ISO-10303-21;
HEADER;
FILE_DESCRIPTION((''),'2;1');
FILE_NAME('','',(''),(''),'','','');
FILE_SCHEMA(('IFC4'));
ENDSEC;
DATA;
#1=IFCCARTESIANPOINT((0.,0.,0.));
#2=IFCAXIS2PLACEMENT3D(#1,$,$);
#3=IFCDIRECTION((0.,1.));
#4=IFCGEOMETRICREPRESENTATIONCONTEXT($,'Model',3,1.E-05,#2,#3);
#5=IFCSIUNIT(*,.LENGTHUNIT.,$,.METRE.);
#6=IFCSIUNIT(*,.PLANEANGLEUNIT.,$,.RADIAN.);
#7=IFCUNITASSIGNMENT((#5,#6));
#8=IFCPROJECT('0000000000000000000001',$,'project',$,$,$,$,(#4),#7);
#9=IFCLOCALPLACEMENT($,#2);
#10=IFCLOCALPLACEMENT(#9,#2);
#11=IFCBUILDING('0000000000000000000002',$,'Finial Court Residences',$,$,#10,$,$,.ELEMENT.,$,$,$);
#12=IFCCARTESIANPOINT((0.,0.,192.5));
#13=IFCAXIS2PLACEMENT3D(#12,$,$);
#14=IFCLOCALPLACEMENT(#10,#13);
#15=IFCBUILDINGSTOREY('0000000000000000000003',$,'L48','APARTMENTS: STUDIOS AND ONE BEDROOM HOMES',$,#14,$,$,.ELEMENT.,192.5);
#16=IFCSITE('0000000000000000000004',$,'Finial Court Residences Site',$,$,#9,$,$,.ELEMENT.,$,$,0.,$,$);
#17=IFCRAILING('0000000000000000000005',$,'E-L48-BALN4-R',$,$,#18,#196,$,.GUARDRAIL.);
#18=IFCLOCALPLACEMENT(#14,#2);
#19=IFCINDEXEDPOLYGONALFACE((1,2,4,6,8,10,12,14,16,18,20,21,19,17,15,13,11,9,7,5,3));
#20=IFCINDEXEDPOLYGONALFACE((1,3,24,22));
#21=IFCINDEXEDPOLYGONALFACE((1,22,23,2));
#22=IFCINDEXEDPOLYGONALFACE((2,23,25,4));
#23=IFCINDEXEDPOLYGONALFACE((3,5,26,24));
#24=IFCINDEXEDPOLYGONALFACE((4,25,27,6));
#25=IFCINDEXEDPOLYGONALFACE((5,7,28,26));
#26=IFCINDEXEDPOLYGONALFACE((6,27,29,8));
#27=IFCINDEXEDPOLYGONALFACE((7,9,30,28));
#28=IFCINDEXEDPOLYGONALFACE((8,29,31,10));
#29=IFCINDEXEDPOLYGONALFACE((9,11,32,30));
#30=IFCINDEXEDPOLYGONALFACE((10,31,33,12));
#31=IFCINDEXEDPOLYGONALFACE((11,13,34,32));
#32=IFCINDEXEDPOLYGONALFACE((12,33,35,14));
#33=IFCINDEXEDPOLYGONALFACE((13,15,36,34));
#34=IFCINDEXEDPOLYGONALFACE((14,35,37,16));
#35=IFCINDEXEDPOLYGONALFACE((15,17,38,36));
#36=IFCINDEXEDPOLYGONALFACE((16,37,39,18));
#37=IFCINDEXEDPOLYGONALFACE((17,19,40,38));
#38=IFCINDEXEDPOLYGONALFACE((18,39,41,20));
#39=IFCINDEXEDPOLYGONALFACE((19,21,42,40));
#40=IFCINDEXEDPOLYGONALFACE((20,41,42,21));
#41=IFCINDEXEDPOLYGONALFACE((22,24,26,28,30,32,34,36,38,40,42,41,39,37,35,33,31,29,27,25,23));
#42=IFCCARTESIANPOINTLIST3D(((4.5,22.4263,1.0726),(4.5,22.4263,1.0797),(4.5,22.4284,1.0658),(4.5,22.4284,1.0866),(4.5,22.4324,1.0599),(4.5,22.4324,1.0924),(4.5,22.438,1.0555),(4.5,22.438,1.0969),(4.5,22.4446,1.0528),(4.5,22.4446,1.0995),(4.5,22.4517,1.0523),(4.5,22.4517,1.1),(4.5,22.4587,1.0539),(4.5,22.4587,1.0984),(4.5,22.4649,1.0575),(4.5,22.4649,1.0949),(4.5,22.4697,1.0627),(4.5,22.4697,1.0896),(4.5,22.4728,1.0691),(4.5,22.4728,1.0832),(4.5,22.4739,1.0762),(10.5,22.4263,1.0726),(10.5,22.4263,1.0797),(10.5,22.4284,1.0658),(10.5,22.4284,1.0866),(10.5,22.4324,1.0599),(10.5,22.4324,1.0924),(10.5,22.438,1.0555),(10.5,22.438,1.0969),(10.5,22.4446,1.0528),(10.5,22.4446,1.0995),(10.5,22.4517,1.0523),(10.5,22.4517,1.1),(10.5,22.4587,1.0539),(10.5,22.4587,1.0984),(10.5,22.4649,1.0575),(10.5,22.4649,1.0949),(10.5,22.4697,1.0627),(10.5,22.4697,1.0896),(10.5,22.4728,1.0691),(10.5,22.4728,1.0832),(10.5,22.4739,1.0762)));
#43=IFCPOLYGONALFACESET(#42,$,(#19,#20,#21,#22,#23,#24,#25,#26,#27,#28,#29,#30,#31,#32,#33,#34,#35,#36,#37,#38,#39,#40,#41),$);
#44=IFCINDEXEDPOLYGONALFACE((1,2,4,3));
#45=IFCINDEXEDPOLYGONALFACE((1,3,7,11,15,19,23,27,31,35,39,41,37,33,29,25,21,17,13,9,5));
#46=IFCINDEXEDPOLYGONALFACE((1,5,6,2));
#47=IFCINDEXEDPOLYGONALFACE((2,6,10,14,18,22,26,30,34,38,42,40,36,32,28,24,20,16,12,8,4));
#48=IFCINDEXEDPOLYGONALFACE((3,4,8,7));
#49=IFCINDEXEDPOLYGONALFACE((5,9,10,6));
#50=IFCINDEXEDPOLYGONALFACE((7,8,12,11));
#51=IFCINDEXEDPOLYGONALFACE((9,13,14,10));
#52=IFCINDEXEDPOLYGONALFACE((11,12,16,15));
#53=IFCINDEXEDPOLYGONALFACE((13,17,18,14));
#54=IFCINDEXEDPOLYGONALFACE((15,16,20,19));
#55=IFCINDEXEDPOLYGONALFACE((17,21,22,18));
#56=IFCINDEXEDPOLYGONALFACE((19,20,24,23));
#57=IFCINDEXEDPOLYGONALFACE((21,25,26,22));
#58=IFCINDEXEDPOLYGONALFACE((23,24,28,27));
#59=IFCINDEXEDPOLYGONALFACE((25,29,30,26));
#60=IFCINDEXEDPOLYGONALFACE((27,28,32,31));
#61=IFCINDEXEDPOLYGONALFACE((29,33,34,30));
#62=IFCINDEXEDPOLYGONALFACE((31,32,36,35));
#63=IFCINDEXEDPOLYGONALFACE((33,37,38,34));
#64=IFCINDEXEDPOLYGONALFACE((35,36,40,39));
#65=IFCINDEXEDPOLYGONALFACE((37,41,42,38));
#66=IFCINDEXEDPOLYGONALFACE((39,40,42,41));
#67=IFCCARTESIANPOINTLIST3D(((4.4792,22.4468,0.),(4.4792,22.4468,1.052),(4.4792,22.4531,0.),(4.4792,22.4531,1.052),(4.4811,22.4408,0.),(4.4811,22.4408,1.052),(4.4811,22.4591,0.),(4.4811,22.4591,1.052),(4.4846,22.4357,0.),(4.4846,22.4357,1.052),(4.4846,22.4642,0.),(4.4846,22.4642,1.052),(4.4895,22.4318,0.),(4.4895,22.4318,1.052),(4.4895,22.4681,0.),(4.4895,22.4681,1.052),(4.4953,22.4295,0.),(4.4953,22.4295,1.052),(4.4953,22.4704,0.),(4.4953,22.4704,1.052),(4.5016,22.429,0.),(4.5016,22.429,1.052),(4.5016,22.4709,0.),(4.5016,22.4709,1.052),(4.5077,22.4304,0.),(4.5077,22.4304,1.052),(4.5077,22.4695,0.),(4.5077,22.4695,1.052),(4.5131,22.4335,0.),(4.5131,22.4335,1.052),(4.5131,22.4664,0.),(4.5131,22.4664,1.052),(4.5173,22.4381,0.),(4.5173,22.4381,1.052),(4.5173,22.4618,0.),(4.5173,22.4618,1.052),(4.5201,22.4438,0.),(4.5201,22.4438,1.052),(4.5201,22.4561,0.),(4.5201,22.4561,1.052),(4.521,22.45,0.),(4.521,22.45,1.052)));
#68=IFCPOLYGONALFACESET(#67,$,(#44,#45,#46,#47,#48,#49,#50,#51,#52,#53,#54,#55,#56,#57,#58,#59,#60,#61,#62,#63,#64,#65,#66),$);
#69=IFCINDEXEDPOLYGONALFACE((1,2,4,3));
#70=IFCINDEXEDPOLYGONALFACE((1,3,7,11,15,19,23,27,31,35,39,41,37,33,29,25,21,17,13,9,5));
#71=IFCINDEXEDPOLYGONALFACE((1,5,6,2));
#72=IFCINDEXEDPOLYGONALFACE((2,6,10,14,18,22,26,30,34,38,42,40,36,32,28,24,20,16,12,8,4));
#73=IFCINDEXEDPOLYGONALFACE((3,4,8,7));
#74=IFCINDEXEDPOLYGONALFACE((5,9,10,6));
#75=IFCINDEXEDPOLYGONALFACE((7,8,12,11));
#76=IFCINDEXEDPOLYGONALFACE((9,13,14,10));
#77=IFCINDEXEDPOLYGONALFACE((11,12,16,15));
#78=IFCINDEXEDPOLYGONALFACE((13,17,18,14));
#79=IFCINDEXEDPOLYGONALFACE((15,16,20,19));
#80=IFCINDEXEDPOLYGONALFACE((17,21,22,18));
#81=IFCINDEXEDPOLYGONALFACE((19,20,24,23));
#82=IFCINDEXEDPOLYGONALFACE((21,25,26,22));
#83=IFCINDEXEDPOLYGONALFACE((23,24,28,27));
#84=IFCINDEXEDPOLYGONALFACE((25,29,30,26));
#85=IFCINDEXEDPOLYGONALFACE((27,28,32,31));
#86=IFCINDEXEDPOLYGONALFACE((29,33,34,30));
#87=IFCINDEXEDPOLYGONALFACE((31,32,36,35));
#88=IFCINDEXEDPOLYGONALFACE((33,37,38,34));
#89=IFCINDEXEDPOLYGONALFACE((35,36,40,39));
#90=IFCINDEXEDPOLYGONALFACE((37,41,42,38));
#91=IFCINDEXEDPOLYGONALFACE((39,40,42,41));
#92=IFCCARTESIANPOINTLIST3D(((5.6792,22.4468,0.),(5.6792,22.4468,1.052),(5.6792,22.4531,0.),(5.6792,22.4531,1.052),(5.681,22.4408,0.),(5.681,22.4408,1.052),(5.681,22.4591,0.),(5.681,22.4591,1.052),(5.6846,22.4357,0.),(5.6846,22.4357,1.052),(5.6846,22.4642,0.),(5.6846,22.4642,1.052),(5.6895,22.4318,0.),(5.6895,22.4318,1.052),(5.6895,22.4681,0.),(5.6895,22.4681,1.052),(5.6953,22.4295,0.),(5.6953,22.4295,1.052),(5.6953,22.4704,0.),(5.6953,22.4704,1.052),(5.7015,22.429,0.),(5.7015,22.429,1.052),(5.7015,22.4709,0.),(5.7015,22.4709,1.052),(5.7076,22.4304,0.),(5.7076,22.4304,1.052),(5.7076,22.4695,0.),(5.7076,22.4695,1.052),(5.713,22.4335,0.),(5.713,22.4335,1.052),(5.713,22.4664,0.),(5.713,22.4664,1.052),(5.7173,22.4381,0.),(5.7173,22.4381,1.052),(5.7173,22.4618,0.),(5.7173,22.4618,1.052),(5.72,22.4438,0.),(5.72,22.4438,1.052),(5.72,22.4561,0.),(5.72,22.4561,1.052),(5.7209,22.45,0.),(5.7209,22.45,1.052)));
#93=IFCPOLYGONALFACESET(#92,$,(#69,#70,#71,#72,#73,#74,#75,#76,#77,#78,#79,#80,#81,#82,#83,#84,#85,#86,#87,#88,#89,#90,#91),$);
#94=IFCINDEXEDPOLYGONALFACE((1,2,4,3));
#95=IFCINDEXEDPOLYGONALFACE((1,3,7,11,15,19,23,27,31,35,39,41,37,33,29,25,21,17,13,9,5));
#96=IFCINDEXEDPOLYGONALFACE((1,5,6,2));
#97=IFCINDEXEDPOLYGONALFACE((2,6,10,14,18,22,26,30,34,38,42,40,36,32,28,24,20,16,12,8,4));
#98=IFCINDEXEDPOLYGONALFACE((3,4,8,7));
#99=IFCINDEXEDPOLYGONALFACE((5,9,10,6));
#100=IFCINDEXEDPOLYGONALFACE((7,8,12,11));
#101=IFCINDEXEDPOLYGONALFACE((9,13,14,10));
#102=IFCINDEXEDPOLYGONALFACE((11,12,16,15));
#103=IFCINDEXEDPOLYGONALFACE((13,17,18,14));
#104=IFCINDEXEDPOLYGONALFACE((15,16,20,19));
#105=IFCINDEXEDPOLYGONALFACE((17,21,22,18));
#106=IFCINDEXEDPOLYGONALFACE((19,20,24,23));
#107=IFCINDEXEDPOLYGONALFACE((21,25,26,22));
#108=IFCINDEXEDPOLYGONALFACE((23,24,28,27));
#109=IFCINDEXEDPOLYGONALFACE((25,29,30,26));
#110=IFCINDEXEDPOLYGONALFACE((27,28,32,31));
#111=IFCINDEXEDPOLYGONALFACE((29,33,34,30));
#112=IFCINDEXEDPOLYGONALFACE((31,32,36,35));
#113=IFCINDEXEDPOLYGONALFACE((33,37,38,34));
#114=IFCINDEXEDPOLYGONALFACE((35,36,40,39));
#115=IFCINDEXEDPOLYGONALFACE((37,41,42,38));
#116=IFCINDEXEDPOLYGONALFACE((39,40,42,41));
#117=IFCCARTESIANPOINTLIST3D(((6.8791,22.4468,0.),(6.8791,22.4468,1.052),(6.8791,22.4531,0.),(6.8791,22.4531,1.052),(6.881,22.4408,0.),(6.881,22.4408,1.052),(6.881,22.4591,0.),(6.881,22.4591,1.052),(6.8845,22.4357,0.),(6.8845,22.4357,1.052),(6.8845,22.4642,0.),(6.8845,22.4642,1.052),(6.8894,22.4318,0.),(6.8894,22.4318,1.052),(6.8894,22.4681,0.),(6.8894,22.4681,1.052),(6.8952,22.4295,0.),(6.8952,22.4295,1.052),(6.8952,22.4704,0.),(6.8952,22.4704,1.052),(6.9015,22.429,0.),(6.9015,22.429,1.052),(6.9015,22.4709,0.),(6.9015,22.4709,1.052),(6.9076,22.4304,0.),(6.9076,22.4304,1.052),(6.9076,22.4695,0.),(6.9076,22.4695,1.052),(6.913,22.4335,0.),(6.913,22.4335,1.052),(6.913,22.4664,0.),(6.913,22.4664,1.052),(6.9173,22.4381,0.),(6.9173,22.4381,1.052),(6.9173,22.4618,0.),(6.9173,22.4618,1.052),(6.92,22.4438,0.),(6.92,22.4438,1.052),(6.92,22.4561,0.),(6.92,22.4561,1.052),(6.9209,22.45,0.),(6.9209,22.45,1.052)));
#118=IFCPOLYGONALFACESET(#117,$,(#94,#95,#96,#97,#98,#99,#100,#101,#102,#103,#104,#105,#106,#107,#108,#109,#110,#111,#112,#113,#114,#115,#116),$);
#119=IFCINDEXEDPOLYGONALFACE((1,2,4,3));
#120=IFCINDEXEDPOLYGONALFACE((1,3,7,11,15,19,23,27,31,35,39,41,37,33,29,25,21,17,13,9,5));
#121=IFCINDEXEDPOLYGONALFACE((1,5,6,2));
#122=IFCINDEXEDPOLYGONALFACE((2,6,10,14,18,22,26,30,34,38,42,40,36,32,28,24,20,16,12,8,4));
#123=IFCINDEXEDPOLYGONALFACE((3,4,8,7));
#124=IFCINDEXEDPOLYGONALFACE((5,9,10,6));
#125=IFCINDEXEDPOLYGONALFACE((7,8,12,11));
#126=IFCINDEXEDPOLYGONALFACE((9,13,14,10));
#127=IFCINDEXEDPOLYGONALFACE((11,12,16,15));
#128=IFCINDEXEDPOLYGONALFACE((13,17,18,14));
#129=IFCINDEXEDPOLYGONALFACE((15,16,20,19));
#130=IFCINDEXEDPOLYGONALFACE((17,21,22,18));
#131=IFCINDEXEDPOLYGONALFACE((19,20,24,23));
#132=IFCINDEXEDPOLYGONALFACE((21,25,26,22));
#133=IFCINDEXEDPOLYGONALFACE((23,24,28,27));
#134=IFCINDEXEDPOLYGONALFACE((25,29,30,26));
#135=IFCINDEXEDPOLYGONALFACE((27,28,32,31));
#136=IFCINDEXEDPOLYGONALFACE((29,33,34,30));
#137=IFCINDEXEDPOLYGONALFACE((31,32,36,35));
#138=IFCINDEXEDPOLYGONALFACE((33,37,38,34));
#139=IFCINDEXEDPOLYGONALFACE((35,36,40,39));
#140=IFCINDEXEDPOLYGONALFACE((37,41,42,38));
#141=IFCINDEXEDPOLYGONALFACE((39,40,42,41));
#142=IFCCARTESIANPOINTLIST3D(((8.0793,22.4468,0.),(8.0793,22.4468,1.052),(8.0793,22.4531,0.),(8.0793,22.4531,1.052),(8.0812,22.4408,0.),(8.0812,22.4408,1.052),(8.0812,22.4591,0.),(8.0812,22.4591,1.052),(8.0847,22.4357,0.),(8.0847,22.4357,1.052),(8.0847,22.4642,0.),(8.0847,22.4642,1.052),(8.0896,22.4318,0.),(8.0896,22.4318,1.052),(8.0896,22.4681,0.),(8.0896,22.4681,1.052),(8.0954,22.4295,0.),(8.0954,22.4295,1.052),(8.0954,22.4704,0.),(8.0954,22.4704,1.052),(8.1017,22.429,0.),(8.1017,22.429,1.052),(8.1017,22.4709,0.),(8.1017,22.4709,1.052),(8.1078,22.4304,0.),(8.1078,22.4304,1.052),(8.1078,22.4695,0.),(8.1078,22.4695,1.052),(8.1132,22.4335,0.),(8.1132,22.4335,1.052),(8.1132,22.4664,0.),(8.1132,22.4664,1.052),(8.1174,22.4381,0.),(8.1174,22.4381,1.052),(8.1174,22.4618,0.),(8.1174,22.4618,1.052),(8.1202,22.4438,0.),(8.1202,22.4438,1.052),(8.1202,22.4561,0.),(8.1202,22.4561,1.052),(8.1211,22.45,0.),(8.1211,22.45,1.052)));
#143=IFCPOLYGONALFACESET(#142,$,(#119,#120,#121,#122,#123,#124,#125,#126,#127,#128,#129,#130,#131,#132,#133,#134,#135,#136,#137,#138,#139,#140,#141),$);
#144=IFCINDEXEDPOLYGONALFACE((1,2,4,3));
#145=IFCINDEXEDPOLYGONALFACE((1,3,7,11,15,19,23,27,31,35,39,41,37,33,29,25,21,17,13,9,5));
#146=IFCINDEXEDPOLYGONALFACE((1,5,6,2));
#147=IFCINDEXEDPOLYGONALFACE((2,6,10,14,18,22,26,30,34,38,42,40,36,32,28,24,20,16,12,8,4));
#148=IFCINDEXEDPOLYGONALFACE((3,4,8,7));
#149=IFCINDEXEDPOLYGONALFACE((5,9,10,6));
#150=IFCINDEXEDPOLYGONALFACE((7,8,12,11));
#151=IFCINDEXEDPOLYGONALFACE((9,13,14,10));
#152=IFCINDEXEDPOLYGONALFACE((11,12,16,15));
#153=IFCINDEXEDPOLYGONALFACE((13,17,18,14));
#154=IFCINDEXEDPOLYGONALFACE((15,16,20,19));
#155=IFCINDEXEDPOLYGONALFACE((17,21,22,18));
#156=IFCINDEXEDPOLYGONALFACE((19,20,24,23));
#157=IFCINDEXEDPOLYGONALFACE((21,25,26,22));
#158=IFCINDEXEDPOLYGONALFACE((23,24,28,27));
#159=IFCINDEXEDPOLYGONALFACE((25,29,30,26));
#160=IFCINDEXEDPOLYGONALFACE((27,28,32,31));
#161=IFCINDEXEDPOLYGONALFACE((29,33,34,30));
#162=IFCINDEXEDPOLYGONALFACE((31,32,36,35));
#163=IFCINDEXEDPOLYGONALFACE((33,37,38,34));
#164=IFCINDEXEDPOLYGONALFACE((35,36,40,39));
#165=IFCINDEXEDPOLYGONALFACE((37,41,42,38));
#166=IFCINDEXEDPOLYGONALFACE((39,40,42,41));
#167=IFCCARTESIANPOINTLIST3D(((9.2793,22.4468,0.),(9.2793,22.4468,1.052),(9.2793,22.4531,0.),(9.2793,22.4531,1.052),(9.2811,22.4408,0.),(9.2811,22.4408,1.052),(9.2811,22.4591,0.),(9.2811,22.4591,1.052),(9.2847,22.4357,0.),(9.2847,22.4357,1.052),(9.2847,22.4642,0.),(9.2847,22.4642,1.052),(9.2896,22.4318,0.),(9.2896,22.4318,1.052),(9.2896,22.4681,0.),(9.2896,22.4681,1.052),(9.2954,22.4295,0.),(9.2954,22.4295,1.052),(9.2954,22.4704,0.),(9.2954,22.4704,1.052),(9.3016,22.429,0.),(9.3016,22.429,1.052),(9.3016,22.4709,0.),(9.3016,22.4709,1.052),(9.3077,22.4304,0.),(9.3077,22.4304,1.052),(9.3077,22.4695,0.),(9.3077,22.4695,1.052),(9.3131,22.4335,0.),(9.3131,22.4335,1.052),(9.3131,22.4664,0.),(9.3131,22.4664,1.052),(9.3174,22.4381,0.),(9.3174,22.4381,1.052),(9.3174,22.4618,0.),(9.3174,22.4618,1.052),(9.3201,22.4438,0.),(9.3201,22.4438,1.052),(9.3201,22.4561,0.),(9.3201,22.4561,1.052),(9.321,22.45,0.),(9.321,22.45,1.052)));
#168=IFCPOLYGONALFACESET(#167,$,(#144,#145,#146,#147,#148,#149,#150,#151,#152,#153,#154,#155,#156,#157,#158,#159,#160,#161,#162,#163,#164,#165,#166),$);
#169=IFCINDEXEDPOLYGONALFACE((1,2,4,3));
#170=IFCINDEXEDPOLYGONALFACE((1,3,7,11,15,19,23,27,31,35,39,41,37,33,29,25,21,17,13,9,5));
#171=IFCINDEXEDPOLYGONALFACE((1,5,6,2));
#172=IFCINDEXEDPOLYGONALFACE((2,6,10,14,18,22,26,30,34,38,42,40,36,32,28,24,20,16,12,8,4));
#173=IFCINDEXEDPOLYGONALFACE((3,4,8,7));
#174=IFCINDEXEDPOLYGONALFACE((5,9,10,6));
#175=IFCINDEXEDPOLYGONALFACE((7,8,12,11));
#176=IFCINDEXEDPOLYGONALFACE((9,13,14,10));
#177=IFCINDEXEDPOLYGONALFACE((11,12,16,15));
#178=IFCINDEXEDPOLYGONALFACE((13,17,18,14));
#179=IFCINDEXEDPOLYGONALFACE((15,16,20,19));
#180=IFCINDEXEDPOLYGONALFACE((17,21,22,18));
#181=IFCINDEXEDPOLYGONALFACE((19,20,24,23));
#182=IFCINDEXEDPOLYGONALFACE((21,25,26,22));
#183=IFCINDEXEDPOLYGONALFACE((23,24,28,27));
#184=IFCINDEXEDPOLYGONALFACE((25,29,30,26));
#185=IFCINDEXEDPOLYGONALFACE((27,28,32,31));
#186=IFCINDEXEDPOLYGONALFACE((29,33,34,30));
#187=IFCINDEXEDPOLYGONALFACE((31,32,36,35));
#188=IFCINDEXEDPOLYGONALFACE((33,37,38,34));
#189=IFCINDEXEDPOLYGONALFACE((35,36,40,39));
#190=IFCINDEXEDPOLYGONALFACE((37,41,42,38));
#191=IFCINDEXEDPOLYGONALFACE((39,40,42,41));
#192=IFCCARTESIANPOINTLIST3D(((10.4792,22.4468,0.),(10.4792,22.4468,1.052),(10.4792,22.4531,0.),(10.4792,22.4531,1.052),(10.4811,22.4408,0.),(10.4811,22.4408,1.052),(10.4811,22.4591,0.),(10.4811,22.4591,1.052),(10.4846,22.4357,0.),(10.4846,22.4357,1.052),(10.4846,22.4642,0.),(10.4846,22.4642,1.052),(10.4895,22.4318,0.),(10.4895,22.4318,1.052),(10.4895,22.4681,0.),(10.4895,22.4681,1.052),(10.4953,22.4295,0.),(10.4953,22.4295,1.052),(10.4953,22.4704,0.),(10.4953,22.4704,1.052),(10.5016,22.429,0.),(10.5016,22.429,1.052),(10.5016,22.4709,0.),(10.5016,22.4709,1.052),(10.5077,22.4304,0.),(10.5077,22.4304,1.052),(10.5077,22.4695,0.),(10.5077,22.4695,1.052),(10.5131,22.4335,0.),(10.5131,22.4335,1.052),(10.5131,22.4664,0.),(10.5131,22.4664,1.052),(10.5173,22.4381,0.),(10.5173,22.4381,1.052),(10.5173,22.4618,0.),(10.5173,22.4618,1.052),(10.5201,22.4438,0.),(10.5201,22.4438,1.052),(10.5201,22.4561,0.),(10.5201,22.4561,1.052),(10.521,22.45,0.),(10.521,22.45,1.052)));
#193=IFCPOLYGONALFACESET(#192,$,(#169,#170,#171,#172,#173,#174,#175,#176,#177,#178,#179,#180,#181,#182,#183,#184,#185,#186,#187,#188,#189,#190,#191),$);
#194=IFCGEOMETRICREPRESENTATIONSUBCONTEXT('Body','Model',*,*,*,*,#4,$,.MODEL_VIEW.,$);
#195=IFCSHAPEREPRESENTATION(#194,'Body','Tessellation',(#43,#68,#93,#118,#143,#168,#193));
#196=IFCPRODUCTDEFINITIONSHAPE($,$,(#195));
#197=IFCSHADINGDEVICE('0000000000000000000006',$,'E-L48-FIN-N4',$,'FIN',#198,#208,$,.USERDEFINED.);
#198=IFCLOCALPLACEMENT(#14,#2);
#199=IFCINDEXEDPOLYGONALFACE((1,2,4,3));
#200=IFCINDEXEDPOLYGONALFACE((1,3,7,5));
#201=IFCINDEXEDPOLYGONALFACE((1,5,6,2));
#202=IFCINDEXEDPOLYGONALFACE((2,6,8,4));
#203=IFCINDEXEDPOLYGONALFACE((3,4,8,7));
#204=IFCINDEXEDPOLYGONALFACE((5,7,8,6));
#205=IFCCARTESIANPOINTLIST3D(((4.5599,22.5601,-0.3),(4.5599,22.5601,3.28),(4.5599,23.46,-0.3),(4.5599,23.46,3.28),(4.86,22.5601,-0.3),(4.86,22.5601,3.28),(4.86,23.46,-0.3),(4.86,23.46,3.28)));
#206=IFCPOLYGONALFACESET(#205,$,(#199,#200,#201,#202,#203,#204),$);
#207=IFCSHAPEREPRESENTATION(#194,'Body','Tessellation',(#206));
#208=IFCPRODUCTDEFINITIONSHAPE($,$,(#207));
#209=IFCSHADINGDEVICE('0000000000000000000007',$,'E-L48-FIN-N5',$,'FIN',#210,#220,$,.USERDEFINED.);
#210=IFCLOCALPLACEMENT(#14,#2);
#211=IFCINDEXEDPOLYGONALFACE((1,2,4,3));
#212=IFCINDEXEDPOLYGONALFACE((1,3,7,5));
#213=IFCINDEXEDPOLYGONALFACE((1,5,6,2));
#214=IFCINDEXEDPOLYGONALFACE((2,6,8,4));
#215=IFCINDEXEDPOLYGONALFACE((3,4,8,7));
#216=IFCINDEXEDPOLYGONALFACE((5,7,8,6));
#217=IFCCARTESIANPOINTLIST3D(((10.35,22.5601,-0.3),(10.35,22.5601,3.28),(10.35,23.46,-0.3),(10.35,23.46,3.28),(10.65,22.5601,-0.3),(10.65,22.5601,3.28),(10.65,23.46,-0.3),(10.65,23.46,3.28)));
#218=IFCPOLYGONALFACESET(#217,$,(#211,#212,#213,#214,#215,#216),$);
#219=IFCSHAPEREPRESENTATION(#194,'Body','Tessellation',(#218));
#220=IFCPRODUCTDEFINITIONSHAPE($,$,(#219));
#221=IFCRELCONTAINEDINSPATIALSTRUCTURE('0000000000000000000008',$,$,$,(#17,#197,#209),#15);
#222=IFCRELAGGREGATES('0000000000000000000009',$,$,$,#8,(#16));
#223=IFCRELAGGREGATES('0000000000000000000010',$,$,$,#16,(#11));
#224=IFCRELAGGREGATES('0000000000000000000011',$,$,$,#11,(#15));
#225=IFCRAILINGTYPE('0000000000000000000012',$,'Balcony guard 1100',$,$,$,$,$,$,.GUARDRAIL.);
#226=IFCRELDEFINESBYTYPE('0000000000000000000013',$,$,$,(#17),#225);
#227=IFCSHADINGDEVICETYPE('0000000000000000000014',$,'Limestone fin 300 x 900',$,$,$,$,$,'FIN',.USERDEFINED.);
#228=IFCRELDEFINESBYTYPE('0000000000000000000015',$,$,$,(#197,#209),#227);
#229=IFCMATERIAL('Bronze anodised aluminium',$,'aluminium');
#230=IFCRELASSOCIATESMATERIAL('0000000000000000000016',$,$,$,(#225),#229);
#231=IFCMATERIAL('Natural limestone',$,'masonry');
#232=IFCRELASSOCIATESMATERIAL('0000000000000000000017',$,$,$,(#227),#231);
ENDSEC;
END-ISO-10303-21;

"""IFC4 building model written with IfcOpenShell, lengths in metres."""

from ifc_helpers import new_model, si_unit, direction, frame, origin, origin_2d, place, context, subcontext, project, spatial, rectangle, circle, extrude, material, type_object, element, save


model = new_model("IFC4")

# Units and contexts
model_context = context("Model", 3, precision=1e-05, world=origin(), true_north=direction((0.0, 1.0)))
body_context = subcontext(model_context, "Body", "Model", "MODEL_VIEW")
ifc_project = project(units=[si_unit("LENGTHUNIT", "METRE"), si_unit("PLANEANGLEUNIT", "RADIAN")], contexts=[model_context])

# Site, building, storey
site_placement = place(None, origin())
site = spatial("IfcSite", under=ifc_project, at=site_placement, Name="Finial Court Residences Site", CompositionType="ELEMENT", RefElevation=0.0)
building_placement = place(site_placement, origin())
building = spatial("IfcBuilding", under=site, at=building_placement, Name="Finial Court Residences", CompositionType="ELEMENT")
storey_placement = place(building_placement, frame((0.0, 0.0, 192.5)))
storey = spatial("IfcBuildingStorey", under=building, at=storey_placement, Name="L48", Description="APARTMENTS: STUDIOS AND ONE BEDROOM HOMES", CompositionType="ELEMENT", Elevation=192.5)

# Shared definitions
ifc_material_1 = material(Name="Bronze anodised aluminium", Category="aluminium")

# Shared definitions
ifc_material_2 = material(Name="Natural limestone", Category="masonry")

# Railing
railing_type = type_object("IfcRailingType", Name="Balcony guard 1100", PredefinedType="GUARDRAIL", material=ifc_material_1)
railing_placement = place(storey_placement, frame((4.5, 22.45, 0.0)))
element("IfcRailing", 1, at=railing_placement, inside=storey, type_object=railing_type, Name="E-L48-BALN4-R", PredefinedType="GUARDRAIL", context=body_context, shape_type="SweptSolid", body=[
    extrude(circle(Radius=0.0239, at=origin_2d()), frame((0.0, 0.0, 1.0762), z_axis=(1.0, 0.0, 0.0), x_axis=(0.0, 1.0, 0.0)), (0.0, 0.0, 1.0), 6.0),
    extrude(circle(Radius=0.021, at=origin_2d()), origin(), (0.0, 0.0, 1.0), 1.052),
    extrude(circle(Radius=0.021, at=origin_2d()), frame((1.2, 0.0, 0.0)), (0.0, 0.0, 1.0), 1.052),
    extrude(circle(Radius=0.021, at=origin_2d()), frame((2.3999, 0.0, 0.0)), (0.0, 0.0, 1.0), 1.052),
    extrude(circle(Radius=0.021, at=origin_2d()), frame((3.6001, 0.0, 0.0)), (0.0, 0.0, 1.0), 1.052),
    extrude(circle(Radius=0.021, at=origin_2d()), frame((4.8, 0.0, 0.0)), (0.0, 0.0, 1.0), 1.052),
    extrude(circle(Radius=0.021, at=origin_2d()), frame((6.0, 0.0, 0.0)), (0.0, 0.0, 1.0), 1.052),
])

# Shading devices
shading_device_type = type_object("IfcShadingDeviceType", Name="Limestone fin 300 x 900", ElementType="FIN", PredefinedType="USERDEFINED", material=ifc_material_2)
for number, where, z_axis, x_axis, name in (
    (2, (4.71, 23.01, -0.3), (0.0, 0.0, 1.0), (1.0, 0.0, 0.0), "E-L48-FIN-N4"),
    (3, (10.5, 23.01, -0.3), (0.0, 0.0, 1.0), (1.0, 0.0, 0.0), "E-L48-FIN-N5"),
):
    element("IfcShadingDevice", number, at=place(storey_placement, frame(where, z_axis=z_axis, x_axis=x_axis)), inside=storey, type_object=shading_device_type, Name=name, ObjectType="FIN", PredefinedType="USERDEFINED", context=body_context, shape_type="SweptSolid", body=[
        extrude(rectangle(XDim=0.3, YDim=0.8999, at=origin_2d()), origin(), (0.0, 0.0, 1.0), 3.5801),
    ])

save(model, "model.ifc")
